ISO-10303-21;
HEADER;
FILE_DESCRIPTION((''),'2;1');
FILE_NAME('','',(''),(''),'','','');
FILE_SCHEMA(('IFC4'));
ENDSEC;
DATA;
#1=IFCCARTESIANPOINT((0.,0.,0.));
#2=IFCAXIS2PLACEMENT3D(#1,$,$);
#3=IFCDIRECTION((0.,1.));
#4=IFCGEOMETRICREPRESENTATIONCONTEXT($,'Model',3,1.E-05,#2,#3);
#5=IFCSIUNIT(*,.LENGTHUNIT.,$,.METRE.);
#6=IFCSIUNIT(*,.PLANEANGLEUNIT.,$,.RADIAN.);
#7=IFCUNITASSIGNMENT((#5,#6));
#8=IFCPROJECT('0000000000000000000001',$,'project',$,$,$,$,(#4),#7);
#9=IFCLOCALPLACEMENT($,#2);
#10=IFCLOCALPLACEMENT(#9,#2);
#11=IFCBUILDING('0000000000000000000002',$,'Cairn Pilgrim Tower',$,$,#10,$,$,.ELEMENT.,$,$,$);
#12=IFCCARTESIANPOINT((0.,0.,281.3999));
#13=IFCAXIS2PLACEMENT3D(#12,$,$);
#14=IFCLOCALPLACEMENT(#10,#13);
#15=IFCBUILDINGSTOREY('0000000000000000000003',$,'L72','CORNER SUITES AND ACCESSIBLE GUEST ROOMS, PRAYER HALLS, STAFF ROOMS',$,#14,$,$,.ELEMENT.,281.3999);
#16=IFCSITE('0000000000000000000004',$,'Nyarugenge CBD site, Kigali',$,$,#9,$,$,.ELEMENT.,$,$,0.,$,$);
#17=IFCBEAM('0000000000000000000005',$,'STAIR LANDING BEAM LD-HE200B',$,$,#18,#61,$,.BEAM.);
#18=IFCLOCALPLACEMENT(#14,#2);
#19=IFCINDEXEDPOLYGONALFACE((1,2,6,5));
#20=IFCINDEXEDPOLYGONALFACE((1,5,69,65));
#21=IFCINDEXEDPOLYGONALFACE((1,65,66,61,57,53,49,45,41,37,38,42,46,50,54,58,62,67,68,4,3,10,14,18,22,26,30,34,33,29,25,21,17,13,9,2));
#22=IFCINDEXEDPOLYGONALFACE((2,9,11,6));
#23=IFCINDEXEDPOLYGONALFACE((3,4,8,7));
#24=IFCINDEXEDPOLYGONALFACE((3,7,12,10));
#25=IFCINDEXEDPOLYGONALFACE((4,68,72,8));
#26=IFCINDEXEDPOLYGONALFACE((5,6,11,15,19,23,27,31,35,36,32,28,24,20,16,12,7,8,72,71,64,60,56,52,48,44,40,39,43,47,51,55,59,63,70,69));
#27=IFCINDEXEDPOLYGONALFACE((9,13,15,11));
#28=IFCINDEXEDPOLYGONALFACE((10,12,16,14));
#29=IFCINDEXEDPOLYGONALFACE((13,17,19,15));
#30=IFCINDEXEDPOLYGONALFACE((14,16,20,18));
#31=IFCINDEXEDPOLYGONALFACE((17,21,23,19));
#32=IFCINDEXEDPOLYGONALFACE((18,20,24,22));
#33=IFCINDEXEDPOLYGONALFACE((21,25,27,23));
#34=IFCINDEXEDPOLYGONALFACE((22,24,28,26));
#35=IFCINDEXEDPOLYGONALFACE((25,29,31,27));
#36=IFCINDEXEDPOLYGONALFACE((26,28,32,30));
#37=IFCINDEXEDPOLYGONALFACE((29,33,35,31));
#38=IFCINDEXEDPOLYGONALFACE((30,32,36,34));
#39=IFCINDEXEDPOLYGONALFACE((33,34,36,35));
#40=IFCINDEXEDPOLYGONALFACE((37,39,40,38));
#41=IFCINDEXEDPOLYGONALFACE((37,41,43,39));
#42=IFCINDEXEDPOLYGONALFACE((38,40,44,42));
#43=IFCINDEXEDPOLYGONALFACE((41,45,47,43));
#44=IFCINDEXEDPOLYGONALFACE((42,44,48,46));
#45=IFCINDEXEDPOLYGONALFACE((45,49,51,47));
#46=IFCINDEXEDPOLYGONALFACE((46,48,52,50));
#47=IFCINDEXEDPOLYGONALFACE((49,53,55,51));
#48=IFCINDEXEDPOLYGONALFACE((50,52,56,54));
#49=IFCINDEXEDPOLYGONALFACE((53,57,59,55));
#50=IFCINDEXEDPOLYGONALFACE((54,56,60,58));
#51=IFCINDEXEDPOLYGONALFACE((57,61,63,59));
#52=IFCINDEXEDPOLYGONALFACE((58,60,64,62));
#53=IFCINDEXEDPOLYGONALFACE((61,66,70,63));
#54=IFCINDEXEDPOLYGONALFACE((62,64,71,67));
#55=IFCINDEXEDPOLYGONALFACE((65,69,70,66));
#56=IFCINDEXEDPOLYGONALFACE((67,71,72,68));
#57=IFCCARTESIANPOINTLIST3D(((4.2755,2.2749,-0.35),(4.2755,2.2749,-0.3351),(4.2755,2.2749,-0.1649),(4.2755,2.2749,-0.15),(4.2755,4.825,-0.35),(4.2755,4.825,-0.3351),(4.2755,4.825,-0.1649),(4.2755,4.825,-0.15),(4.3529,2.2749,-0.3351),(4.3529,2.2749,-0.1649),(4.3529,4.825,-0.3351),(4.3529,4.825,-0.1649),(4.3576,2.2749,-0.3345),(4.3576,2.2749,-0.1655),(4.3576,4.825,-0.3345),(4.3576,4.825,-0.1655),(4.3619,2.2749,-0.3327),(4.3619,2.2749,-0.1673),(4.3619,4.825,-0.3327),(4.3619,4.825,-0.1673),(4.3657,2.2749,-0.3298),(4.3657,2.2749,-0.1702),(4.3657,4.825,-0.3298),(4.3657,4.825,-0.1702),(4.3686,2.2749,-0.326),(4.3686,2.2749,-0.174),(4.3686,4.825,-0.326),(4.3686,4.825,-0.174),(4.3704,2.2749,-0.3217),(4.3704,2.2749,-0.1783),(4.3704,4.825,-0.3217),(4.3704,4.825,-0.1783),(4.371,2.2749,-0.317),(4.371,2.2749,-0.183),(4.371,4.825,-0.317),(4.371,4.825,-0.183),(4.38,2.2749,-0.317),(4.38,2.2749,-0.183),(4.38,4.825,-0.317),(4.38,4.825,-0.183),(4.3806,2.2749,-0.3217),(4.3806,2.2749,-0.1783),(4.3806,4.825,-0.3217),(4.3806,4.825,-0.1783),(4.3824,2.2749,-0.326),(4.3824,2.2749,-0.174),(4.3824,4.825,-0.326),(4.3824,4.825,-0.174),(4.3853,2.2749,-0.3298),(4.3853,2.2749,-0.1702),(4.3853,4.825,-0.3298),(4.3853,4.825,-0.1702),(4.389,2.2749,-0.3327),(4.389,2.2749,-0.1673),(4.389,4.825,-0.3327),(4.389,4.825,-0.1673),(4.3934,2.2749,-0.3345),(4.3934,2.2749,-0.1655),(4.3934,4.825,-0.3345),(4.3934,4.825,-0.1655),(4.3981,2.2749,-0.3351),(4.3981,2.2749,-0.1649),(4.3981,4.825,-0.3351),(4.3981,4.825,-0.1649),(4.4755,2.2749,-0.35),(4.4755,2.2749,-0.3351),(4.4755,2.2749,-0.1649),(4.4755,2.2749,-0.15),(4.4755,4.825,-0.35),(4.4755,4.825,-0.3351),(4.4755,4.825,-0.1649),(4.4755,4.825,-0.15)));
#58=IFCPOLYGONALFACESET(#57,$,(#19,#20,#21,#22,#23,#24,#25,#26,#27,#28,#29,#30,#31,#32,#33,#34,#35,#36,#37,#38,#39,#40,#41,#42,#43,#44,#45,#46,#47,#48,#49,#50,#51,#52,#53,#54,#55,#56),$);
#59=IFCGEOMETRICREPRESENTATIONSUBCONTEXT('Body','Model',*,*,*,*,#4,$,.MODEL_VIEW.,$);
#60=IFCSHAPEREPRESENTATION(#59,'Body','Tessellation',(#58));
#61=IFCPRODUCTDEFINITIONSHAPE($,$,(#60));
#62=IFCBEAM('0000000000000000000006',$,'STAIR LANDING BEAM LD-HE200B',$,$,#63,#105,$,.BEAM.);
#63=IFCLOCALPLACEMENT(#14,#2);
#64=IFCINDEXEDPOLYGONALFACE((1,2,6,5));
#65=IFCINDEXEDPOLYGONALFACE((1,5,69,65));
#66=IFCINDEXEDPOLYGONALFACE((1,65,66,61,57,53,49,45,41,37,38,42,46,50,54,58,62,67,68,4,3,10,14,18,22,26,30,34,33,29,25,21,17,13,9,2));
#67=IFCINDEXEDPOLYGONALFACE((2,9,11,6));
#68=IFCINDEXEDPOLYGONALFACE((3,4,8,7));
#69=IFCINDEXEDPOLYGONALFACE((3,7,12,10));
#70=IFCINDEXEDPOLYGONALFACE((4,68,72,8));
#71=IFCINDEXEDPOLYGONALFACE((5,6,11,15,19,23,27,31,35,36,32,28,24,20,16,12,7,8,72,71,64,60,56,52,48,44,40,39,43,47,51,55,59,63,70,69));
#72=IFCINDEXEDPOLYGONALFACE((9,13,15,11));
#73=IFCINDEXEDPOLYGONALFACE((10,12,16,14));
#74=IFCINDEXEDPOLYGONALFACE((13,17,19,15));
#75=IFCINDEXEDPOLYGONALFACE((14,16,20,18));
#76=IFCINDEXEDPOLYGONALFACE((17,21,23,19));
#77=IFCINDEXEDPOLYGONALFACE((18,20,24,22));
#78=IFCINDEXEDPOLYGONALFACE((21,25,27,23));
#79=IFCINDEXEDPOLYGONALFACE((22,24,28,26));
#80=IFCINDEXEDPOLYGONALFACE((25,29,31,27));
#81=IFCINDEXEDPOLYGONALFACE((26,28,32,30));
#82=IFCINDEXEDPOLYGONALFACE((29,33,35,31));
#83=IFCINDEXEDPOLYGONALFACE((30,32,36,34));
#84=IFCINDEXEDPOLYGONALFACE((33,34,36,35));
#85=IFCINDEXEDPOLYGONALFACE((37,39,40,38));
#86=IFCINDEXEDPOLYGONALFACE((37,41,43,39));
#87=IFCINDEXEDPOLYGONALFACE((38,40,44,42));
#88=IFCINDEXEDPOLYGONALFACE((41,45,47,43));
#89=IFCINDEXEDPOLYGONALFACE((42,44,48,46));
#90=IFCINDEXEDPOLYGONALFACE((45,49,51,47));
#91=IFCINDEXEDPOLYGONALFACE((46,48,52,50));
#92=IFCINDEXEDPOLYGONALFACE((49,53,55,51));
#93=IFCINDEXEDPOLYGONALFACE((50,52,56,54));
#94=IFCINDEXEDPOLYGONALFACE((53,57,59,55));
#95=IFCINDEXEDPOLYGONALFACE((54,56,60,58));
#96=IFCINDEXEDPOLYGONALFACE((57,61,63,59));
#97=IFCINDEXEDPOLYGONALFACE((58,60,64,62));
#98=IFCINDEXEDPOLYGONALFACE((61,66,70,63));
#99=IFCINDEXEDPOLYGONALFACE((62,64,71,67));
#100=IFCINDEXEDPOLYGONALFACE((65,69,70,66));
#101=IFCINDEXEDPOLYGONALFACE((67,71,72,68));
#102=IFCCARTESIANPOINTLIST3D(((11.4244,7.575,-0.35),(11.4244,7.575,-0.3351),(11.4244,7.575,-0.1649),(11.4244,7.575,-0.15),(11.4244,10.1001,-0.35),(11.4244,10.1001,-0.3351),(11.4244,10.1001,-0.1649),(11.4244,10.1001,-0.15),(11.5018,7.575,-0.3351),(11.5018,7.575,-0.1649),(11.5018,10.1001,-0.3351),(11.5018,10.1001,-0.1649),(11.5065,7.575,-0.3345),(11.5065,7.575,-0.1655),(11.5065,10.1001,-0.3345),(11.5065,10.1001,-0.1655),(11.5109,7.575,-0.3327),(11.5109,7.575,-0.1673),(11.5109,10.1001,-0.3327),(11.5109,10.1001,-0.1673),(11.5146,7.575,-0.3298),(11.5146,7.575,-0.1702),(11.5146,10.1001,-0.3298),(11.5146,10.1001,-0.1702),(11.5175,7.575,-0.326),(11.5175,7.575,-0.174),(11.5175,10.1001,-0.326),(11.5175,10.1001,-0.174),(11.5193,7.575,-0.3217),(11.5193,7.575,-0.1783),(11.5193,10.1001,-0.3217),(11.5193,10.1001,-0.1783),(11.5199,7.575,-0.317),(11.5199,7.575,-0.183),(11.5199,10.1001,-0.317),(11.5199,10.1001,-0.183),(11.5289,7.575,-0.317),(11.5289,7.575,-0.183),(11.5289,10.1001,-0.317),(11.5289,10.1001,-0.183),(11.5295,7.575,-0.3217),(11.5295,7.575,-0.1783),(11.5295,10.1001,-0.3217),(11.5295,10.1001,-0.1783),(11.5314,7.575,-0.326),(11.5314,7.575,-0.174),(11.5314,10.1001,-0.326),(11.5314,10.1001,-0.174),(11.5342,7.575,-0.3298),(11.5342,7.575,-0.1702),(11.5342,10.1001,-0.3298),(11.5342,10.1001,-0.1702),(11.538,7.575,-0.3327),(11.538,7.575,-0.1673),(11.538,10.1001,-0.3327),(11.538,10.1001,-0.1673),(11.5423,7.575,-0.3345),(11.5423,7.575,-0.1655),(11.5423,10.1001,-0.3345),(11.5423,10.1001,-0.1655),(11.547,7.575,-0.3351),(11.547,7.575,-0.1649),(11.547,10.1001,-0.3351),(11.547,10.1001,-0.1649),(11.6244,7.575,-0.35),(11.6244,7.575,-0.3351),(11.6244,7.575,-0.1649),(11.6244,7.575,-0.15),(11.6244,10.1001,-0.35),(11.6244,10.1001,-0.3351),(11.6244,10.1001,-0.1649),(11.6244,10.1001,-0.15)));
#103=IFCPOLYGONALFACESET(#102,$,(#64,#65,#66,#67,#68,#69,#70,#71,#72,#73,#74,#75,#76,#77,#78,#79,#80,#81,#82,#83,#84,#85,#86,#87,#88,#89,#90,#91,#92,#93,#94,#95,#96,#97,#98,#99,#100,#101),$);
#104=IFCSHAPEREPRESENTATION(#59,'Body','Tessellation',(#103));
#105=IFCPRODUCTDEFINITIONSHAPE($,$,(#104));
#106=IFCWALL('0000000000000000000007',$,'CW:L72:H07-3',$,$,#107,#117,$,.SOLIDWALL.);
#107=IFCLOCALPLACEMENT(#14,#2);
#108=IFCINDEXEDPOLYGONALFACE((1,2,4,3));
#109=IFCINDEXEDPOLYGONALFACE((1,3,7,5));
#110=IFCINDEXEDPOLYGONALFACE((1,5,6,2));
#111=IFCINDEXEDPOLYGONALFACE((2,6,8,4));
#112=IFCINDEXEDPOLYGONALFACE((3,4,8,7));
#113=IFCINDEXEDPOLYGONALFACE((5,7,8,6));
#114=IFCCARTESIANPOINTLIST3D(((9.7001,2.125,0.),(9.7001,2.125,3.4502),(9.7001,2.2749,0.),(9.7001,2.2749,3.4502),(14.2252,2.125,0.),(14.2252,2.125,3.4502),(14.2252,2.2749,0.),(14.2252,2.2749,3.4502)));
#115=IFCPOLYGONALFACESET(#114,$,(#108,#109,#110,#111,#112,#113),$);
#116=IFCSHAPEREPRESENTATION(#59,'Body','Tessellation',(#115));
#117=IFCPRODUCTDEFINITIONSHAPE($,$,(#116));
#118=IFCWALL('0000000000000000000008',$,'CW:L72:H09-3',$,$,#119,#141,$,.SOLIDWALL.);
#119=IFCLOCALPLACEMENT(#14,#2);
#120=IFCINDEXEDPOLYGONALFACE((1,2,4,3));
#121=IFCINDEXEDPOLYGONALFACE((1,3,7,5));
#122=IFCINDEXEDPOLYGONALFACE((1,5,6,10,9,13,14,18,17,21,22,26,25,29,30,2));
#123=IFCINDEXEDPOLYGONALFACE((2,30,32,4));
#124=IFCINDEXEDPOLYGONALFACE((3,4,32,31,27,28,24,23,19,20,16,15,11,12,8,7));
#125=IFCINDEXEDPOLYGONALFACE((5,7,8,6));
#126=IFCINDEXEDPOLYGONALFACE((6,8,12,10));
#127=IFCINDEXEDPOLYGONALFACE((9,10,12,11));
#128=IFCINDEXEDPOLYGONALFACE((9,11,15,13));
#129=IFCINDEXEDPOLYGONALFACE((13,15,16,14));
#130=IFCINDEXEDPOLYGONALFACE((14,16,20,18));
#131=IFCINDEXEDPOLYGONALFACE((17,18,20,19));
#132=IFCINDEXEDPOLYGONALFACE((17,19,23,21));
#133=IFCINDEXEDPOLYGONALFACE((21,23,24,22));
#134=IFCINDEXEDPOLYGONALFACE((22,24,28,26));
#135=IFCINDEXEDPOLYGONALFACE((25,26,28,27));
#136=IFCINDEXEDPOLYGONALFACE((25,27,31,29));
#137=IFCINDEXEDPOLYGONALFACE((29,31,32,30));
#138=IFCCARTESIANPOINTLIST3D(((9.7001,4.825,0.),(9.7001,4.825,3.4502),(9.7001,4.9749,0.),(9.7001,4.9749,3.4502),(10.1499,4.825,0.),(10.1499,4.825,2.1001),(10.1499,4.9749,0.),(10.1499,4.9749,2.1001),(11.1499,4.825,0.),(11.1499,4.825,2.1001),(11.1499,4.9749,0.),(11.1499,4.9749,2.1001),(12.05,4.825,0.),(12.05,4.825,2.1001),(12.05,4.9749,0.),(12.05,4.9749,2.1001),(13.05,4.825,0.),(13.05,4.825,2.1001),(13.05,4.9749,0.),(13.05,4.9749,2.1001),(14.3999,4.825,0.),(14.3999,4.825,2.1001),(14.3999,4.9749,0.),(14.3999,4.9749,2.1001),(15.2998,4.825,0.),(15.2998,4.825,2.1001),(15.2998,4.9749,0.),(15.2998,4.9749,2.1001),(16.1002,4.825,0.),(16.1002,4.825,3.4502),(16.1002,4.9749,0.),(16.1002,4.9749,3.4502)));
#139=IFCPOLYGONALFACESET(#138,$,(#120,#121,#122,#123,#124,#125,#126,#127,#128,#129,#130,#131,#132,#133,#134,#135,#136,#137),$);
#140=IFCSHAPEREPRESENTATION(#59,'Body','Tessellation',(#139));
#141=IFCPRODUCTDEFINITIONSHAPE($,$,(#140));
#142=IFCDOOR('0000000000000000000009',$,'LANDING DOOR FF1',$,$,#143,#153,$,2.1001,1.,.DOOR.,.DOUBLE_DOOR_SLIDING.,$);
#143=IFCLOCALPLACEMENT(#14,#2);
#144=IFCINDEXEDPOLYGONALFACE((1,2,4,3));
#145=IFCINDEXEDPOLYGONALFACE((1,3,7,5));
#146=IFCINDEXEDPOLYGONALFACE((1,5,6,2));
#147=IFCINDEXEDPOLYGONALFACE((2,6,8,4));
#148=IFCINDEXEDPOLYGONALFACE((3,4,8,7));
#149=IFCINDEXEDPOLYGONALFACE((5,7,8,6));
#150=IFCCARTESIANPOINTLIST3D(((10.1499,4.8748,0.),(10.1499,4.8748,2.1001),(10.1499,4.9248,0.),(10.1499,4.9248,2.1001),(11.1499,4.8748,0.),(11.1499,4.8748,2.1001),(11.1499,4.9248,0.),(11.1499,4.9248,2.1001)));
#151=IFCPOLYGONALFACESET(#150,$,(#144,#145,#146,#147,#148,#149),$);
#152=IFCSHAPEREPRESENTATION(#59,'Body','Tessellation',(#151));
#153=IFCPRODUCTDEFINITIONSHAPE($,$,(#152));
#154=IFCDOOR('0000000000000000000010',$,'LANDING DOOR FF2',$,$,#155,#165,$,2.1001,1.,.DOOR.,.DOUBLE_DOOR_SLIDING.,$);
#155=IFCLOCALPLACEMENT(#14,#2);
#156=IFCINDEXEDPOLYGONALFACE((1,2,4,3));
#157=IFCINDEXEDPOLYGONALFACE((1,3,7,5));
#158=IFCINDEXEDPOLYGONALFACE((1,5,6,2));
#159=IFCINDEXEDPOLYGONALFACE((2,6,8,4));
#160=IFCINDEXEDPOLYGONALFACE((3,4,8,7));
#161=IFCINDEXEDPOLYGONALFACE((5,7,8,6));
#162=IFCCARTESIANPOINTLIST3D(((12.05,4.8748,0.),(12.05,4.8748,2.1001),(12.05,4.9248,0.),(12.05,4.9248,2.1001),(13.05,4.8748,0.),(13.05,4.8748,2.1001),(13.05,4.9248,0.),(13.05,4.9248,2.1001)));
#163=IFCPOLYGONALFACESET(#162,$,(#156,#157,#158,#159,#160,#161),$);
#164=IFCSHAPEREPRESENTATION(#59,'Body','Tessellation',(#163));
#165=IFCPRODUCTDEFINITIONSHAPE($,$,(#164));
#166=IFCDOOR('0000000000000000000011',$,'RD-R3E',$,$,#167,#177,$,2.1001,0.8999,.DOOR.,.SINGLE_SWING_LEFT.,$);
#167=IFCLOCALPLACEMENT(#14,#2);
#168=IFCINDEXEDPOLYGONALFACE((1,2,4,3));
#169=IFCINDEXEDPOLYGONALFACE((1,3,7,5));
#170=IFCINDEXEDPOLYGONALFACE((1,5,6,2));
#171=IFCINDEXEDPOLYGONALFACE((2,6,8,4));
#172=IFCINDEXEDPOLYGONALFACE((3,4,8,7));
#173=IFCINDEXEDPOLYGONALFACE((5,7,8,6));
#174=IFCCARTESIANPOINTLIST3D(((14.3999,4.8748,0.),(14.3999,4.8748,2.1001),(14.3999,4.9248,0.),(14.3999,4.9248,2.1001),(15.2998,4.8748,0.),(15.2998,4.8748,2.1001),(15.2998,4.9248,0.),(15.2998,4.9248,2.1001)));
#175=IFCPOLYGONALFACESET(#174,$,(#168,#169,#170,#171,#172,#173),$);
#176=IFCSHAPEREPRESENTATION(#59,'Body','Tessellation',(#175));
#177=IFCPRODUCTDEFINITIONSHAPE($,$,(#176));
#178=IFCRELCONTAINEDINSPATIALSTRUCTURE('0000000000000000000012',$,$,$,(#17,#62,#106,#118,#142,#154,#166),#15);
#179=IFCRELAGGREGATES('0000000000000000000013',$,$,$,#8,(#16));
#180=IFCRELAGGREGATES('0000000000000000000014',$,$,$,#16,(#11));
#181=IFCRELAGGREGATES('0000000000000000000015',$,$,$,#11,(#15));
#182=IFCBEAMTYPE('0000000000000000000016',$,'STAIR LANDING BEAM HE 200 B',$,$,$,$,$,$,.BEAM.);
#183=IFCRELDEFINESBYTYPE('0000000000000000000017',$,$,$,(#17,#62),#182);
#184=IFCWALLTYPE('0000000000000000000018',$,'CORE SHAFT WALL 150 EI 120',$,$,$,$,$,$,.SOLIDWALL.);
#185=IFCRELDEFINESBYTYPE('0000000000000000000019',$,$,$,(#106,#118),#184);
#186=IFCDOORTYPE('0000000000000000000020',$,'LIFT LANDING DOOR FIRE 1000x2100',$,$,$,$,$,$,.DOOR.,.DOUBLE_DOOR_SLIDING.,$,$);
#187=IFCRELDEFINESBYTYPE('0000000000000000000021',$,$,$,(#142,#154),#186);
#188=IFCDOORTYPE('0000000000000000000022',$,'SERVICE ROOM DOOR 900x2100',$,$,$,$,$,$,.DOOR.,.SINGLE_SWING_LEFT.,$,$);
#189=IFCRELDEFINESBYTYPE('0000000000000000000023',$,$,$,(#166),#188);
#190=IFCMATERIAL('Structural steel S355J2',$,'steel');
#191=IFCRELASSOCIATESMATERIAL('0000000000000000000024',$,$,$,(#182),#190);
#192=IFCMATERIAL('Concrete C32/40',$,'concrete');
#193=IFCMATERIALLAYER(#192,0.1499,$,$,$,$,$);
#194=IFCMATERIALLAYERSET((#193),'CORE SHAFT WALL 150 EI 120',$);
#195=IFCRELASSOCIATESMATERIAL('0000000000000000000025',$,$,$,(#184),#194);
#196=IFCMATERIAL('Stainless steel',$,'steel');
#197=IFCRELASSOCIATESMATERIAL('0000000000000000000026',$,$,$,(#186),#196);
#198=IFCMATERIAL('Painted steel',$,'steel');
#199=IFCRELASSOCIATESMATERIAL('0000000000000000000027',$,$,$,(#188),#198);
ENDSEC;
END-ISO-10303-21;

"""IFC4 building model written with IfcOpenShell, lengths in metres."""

from ifc_helpers import new_model, si_unit, direction, frame, frame_2d, origin, origin_2d, place, context, subcontext, project, spatial, rectangle, i_section, extrude, material, layer, layer_set, material_profile, profile_set, type_object, element, fill, save


model = new_model("IFC4")

# Units and contexts
model_context = context("Model", 3, precision=1e-05, world=origin(), true_north=direction((0.0, 1.0)))
body_context = subcontext(model_context, "Body", "Model", "MODEL_VIEW")
ifc_project = project(units=[si_unit("LENGTHUNIT", "METRE"), si_unit("PLANEANGLEUNIT", "RADIAN")], contexts=[model_context])

# Site, building, storey
site_placement = place(None, origin())
site = spatial("IfcSite", under=ifc_project, at=site_placement, Name="Nyarugenge CBD site, Kigali", CompositionType="ELEMENT", RefElevation=0.0)
building_placement = place(site_placement, origin())
building = spatial("IfcBuilding", under=site, at=building_placement, Name="Cairn Pilgrim Tower", CompositionType="ELEMENT")
storey_placement = place(building_placement, frame((0.0, 0.0, 281.3999)))
storey = spatial("IfcBuildingStorey", under=building, at=storey_placement, Name="L72", Description="CORNER SUITES AND ACCESSIBLE GUEST ROOMS, PRAYER HALLS, STAFF ROOMS", CompositionType="ELEMENT", Elevation=281.3999)

# Beams
ifc_material_1 = material(Name="Structural steel S355J2", Category="steel")
ifc_material_profile = material_profile(ifc_material_1, i_section(OverallWidth=0.2, OverallDepth=0.2, WebThickness=0.009, FlangeThickness=0.0149, FilletRadius=0.0181, at=origin_2d()), Name="HE 200 B")
ifc_profile_set = profile_set([ifc_material_profile], Name="Structural steel S355J2")
beam_type = type_object("IfcBeamType", Name="STAIR LANDING BEAM HE 200 B", PredefinedType="BEAM", material=ifc_profile_set)
beam_1_placement = place(storey_placement, frame((4.3755, 2.2749, -0.25), z_axis=(0.0, 1.0, 0.0), x_axis=(-1.0, 0.0, 0.0)))
element("IfcBeam", 1, at=beam_1_placement, inside=storey, type_object=beam_type, Name="STAIR LANDING BEAM LD-HE200B", PredefinedType="BEAM", context=body_context, shape_type="SweptSolid", body=[
    extrude(i_section(OverallWidth=0.2, OverallDepth=0.2, WebThickness=0.009, FlangeThickness=0.0149, FilletRadius=0.0181, at=origin_2d()), origin(), (0.0, 0.0, 1.0), 2.55),
])
beam_2_placement = place(storey_placement, frame((11.5244, 10.1001, -0.25), z_axis=(0.0, -1.0, 0.0), x_axis=(1.0, 0.0, 0.0)))
element("IfcBeam", 2, at=beam_2_placement, inside=storey, type_object=beam_type, Name="STAIR LANDING BEAM LD-HE200B", PredefinedType="BEAM", context=body_context, shape_type="SweptSolid", body=[
    extrude(i_section(OverallWidth=0.2, OverallDepth=0.2, WebThickness=0.009, FlangeThickness=0.0149, FilletRadius=0.0181, at=origin_2d()), origin(), (0.0, 0.0, 1.0), 2.5251),
])

# Wall
ifc_material_2 = material(Name="Concrete C32/40", Category="concrete")
ifc_layer_1 = layer(ifc_material_2, 0.1499)
ifc_layer_set_1 = layer_set([ifc_layer_1], Name="CORE SHAFT WALL 150 EI 120")
wall_type_1 = type_object("IfcWallType", Name="CORE SHAFT WALL 150 EI 120", PredefinedType="SOLIDWALL", material=ifc_layer_set_1)
wall_1_placement = place(storey_placement, frame((9.7, 2.2, 0.0), z_axis=(0.0, 0.0, 1.0), x_axis=(1.0, 0.0, 0.0)))
element("IfcWall", 3, at=wall_1_placement, inside=storey, type_object=wall_type_1, Name="CW:L72:H07-3", PredefinedType="SOLIDWALL", context=body_context, shape_type="SweptSolid", body=[
    extrude(rectangle(XDim=4.5251, YDim=0.1499, at=frame_2d((2.2627, 0.0))), origin(), (0.0, 0.0, 1.0), 3.4502),
])

# Wall, openings, doors
wall_2_placement = place(storey_placement, frame((9.7, 4.8999, 0.0), z_axis=(0.0, 0.0, 1.0), x_axis=(1.0, 0.0, 0.0)))
wall_2 = element("IfcWall", 4, at=wall_2_placement, inside=storey, type_object=wall_type_1, Name="CW:L72:H09-3", PredefinedType="SOLIDWALL", context=body_context, shape_type="SweptSolid", body=[
    extrude(rectangle(XDim=6.4001, YDim=0.1499, at=frame_2d((3.2002, 0.0))), origin(), (0.0, 0.0, 1.0), 3.4502),
])
opening_1_placement = place(wall_2_placement, frame((0.45, 0.0, 0.0)))
opening_1 = element("IfcOpeningElement", 5, at=opening_1_placement, cuts=wall_2, PredefinedType="OPENING", context=body_context, shape_type="SweptSolid", body=[
    extrude(rectangle(XDim=1.0, YDim=2.1001, at=frame_2d((0.5, 1.05))), frame((0.0, 0.085, 0.0), z_axis=(0.0, -1.0, 0.0), x_axis=(1.0, 0.0, 0.0)), (0.0, 0.0, 1.0), 0.1699),
])
opening_2_placement = place(wall_2_placement, frame((2.3501, 0.0, 0.0)))
opening_2 = element("IfcOpeningElement", 6, at=opening_2_placement, cuts=wall_2, PredefinedType="OPENING", context=body_context, shape_type="SweptSolid", body=[
    extrude(rectangle(XDim=1.0, YDim=2.1001, at=frame_2d((0.5, 1.05))), frame((0.0, 0.085, 0.0), z_axis=(0.0, -1.0, 0.0), x_axis=(1.0, 0.0, 0.0)), (0.0, 0.0, 1.0), 0.1699),
])
opening_3_placement = place(wall_2_placement, frame((4.7, 0.0, 0.0)))
opening_3 = element("IfcOpeningElement", 7, at=opening_3_placement, cuts=wall_2, PredefinedType="OPENING", context=body_context, shape_type="SweptSolid", body=[
    extrude(rectangle(XDim=0.8999, YDim=2.1001, at=frame_2d((0.45, 1.05))), frame((0.0, 0.085, 0.0), z_axis=(0.0, -1.0, 0.0), x_axis=(1.0, 0.0, 0.0)), (0.0, 0.0, 1.0), 0.1699),
])
ifc_material_3 = material(Name="Stainless steel", Category="steel")
door_type_1 = type_object("IfcDoorType", Name="LIFT LANDING DOOR FIRE 1000x2100", OperationType="DOUBLE_DOOR_SLIDING", PredefinedType="DOOR", material=ifc_material_3)
door_1_placement = place(opening_1_placement, origin())
door_1 = element("IfcDoor", 8, at=door_1_placement, inside=storey, type_object=door_type_1, Name="LANDING DOOR FF1", OperationType="DOUBLE_DOOR_SLIDING", OverallHeight=2.1001, OverallWidth=1.0, PredefinedType="DOOR", context=body_context, shape_type="SweptSolid", body=[
    extrude(rectangle(XDim=1.0, YDim=2.1001, at=frame_2d((0.5, 1.05))), frame((0.0, 0.0249, 0.0), z_axis=(0.0, -1.0, 0.0), x_axis=(1.0, 0.0, 0.0)), (0.0, 0.0, 1.0), 0.05),
])
fill(opening_1, door_1)
door_2_placement = place(opening_2_placement, origin())
door_2 = element("IfcDoor", 9, at=door_2_placement, inside=storey, type_object=door_type_1, Name="LANDING DOOR FF2", OperationType="DOUBLE_DOOR_SLIDING", OverallHeight=2.1001, OverallWidth=1.0, PredefinedType="DOOR", context=body_context, shape_type="SweptSolid", body=[
    extrude(rectangle(XDim=1.0, YDim=2.1001, at=frame_2d((0.5, 1.05))), frame((0.0, 0.0249, 0.0), z_axis=(0.0, -1.0, 0.0), x_axis=(1.0, 0.0, 0.0)), (0.0, 0.0, 1.0), 0.05),
])
fill(opening_2, door_2)
ifc_material_4 = material(Name="Painted steel", Category="steel")
door_type_2 = type_object("IfcDoorType", Name="SERVICE ROOM DOOR 900x2100", OperationType="SINGLE_SWING_LEFT", PredefinedType="DOOR", material=ifc_material_4)
door_3_placement = place(opening_3_placement, origin())
door_3 = element("IfcDoor", 10, at=door_3_placement, inside=storey, type_object=door_type_2, Name="RD-R3E", OperationType="SINGLE_SWING_LEFT", OverallHeight=2.1001, OverallWidth=0.8999, PredefinedType="DOOR", context=body_context, shape_type="SweptSolid", body=[
    extrude(rectangle(XDim=0.8999, YDim=2.1001, at=frame_2d((0.45, 1.05))), frame((0.0, 0.0249, 0.0), z_axis=(0.0, -1.0, 0.0), x_axis=(1.0, 0.0, 0.0)), (0.0, 0.0, 1.0), 0.05),
])
fill(opening_3, door_3)

save(model, "model.ifc")
